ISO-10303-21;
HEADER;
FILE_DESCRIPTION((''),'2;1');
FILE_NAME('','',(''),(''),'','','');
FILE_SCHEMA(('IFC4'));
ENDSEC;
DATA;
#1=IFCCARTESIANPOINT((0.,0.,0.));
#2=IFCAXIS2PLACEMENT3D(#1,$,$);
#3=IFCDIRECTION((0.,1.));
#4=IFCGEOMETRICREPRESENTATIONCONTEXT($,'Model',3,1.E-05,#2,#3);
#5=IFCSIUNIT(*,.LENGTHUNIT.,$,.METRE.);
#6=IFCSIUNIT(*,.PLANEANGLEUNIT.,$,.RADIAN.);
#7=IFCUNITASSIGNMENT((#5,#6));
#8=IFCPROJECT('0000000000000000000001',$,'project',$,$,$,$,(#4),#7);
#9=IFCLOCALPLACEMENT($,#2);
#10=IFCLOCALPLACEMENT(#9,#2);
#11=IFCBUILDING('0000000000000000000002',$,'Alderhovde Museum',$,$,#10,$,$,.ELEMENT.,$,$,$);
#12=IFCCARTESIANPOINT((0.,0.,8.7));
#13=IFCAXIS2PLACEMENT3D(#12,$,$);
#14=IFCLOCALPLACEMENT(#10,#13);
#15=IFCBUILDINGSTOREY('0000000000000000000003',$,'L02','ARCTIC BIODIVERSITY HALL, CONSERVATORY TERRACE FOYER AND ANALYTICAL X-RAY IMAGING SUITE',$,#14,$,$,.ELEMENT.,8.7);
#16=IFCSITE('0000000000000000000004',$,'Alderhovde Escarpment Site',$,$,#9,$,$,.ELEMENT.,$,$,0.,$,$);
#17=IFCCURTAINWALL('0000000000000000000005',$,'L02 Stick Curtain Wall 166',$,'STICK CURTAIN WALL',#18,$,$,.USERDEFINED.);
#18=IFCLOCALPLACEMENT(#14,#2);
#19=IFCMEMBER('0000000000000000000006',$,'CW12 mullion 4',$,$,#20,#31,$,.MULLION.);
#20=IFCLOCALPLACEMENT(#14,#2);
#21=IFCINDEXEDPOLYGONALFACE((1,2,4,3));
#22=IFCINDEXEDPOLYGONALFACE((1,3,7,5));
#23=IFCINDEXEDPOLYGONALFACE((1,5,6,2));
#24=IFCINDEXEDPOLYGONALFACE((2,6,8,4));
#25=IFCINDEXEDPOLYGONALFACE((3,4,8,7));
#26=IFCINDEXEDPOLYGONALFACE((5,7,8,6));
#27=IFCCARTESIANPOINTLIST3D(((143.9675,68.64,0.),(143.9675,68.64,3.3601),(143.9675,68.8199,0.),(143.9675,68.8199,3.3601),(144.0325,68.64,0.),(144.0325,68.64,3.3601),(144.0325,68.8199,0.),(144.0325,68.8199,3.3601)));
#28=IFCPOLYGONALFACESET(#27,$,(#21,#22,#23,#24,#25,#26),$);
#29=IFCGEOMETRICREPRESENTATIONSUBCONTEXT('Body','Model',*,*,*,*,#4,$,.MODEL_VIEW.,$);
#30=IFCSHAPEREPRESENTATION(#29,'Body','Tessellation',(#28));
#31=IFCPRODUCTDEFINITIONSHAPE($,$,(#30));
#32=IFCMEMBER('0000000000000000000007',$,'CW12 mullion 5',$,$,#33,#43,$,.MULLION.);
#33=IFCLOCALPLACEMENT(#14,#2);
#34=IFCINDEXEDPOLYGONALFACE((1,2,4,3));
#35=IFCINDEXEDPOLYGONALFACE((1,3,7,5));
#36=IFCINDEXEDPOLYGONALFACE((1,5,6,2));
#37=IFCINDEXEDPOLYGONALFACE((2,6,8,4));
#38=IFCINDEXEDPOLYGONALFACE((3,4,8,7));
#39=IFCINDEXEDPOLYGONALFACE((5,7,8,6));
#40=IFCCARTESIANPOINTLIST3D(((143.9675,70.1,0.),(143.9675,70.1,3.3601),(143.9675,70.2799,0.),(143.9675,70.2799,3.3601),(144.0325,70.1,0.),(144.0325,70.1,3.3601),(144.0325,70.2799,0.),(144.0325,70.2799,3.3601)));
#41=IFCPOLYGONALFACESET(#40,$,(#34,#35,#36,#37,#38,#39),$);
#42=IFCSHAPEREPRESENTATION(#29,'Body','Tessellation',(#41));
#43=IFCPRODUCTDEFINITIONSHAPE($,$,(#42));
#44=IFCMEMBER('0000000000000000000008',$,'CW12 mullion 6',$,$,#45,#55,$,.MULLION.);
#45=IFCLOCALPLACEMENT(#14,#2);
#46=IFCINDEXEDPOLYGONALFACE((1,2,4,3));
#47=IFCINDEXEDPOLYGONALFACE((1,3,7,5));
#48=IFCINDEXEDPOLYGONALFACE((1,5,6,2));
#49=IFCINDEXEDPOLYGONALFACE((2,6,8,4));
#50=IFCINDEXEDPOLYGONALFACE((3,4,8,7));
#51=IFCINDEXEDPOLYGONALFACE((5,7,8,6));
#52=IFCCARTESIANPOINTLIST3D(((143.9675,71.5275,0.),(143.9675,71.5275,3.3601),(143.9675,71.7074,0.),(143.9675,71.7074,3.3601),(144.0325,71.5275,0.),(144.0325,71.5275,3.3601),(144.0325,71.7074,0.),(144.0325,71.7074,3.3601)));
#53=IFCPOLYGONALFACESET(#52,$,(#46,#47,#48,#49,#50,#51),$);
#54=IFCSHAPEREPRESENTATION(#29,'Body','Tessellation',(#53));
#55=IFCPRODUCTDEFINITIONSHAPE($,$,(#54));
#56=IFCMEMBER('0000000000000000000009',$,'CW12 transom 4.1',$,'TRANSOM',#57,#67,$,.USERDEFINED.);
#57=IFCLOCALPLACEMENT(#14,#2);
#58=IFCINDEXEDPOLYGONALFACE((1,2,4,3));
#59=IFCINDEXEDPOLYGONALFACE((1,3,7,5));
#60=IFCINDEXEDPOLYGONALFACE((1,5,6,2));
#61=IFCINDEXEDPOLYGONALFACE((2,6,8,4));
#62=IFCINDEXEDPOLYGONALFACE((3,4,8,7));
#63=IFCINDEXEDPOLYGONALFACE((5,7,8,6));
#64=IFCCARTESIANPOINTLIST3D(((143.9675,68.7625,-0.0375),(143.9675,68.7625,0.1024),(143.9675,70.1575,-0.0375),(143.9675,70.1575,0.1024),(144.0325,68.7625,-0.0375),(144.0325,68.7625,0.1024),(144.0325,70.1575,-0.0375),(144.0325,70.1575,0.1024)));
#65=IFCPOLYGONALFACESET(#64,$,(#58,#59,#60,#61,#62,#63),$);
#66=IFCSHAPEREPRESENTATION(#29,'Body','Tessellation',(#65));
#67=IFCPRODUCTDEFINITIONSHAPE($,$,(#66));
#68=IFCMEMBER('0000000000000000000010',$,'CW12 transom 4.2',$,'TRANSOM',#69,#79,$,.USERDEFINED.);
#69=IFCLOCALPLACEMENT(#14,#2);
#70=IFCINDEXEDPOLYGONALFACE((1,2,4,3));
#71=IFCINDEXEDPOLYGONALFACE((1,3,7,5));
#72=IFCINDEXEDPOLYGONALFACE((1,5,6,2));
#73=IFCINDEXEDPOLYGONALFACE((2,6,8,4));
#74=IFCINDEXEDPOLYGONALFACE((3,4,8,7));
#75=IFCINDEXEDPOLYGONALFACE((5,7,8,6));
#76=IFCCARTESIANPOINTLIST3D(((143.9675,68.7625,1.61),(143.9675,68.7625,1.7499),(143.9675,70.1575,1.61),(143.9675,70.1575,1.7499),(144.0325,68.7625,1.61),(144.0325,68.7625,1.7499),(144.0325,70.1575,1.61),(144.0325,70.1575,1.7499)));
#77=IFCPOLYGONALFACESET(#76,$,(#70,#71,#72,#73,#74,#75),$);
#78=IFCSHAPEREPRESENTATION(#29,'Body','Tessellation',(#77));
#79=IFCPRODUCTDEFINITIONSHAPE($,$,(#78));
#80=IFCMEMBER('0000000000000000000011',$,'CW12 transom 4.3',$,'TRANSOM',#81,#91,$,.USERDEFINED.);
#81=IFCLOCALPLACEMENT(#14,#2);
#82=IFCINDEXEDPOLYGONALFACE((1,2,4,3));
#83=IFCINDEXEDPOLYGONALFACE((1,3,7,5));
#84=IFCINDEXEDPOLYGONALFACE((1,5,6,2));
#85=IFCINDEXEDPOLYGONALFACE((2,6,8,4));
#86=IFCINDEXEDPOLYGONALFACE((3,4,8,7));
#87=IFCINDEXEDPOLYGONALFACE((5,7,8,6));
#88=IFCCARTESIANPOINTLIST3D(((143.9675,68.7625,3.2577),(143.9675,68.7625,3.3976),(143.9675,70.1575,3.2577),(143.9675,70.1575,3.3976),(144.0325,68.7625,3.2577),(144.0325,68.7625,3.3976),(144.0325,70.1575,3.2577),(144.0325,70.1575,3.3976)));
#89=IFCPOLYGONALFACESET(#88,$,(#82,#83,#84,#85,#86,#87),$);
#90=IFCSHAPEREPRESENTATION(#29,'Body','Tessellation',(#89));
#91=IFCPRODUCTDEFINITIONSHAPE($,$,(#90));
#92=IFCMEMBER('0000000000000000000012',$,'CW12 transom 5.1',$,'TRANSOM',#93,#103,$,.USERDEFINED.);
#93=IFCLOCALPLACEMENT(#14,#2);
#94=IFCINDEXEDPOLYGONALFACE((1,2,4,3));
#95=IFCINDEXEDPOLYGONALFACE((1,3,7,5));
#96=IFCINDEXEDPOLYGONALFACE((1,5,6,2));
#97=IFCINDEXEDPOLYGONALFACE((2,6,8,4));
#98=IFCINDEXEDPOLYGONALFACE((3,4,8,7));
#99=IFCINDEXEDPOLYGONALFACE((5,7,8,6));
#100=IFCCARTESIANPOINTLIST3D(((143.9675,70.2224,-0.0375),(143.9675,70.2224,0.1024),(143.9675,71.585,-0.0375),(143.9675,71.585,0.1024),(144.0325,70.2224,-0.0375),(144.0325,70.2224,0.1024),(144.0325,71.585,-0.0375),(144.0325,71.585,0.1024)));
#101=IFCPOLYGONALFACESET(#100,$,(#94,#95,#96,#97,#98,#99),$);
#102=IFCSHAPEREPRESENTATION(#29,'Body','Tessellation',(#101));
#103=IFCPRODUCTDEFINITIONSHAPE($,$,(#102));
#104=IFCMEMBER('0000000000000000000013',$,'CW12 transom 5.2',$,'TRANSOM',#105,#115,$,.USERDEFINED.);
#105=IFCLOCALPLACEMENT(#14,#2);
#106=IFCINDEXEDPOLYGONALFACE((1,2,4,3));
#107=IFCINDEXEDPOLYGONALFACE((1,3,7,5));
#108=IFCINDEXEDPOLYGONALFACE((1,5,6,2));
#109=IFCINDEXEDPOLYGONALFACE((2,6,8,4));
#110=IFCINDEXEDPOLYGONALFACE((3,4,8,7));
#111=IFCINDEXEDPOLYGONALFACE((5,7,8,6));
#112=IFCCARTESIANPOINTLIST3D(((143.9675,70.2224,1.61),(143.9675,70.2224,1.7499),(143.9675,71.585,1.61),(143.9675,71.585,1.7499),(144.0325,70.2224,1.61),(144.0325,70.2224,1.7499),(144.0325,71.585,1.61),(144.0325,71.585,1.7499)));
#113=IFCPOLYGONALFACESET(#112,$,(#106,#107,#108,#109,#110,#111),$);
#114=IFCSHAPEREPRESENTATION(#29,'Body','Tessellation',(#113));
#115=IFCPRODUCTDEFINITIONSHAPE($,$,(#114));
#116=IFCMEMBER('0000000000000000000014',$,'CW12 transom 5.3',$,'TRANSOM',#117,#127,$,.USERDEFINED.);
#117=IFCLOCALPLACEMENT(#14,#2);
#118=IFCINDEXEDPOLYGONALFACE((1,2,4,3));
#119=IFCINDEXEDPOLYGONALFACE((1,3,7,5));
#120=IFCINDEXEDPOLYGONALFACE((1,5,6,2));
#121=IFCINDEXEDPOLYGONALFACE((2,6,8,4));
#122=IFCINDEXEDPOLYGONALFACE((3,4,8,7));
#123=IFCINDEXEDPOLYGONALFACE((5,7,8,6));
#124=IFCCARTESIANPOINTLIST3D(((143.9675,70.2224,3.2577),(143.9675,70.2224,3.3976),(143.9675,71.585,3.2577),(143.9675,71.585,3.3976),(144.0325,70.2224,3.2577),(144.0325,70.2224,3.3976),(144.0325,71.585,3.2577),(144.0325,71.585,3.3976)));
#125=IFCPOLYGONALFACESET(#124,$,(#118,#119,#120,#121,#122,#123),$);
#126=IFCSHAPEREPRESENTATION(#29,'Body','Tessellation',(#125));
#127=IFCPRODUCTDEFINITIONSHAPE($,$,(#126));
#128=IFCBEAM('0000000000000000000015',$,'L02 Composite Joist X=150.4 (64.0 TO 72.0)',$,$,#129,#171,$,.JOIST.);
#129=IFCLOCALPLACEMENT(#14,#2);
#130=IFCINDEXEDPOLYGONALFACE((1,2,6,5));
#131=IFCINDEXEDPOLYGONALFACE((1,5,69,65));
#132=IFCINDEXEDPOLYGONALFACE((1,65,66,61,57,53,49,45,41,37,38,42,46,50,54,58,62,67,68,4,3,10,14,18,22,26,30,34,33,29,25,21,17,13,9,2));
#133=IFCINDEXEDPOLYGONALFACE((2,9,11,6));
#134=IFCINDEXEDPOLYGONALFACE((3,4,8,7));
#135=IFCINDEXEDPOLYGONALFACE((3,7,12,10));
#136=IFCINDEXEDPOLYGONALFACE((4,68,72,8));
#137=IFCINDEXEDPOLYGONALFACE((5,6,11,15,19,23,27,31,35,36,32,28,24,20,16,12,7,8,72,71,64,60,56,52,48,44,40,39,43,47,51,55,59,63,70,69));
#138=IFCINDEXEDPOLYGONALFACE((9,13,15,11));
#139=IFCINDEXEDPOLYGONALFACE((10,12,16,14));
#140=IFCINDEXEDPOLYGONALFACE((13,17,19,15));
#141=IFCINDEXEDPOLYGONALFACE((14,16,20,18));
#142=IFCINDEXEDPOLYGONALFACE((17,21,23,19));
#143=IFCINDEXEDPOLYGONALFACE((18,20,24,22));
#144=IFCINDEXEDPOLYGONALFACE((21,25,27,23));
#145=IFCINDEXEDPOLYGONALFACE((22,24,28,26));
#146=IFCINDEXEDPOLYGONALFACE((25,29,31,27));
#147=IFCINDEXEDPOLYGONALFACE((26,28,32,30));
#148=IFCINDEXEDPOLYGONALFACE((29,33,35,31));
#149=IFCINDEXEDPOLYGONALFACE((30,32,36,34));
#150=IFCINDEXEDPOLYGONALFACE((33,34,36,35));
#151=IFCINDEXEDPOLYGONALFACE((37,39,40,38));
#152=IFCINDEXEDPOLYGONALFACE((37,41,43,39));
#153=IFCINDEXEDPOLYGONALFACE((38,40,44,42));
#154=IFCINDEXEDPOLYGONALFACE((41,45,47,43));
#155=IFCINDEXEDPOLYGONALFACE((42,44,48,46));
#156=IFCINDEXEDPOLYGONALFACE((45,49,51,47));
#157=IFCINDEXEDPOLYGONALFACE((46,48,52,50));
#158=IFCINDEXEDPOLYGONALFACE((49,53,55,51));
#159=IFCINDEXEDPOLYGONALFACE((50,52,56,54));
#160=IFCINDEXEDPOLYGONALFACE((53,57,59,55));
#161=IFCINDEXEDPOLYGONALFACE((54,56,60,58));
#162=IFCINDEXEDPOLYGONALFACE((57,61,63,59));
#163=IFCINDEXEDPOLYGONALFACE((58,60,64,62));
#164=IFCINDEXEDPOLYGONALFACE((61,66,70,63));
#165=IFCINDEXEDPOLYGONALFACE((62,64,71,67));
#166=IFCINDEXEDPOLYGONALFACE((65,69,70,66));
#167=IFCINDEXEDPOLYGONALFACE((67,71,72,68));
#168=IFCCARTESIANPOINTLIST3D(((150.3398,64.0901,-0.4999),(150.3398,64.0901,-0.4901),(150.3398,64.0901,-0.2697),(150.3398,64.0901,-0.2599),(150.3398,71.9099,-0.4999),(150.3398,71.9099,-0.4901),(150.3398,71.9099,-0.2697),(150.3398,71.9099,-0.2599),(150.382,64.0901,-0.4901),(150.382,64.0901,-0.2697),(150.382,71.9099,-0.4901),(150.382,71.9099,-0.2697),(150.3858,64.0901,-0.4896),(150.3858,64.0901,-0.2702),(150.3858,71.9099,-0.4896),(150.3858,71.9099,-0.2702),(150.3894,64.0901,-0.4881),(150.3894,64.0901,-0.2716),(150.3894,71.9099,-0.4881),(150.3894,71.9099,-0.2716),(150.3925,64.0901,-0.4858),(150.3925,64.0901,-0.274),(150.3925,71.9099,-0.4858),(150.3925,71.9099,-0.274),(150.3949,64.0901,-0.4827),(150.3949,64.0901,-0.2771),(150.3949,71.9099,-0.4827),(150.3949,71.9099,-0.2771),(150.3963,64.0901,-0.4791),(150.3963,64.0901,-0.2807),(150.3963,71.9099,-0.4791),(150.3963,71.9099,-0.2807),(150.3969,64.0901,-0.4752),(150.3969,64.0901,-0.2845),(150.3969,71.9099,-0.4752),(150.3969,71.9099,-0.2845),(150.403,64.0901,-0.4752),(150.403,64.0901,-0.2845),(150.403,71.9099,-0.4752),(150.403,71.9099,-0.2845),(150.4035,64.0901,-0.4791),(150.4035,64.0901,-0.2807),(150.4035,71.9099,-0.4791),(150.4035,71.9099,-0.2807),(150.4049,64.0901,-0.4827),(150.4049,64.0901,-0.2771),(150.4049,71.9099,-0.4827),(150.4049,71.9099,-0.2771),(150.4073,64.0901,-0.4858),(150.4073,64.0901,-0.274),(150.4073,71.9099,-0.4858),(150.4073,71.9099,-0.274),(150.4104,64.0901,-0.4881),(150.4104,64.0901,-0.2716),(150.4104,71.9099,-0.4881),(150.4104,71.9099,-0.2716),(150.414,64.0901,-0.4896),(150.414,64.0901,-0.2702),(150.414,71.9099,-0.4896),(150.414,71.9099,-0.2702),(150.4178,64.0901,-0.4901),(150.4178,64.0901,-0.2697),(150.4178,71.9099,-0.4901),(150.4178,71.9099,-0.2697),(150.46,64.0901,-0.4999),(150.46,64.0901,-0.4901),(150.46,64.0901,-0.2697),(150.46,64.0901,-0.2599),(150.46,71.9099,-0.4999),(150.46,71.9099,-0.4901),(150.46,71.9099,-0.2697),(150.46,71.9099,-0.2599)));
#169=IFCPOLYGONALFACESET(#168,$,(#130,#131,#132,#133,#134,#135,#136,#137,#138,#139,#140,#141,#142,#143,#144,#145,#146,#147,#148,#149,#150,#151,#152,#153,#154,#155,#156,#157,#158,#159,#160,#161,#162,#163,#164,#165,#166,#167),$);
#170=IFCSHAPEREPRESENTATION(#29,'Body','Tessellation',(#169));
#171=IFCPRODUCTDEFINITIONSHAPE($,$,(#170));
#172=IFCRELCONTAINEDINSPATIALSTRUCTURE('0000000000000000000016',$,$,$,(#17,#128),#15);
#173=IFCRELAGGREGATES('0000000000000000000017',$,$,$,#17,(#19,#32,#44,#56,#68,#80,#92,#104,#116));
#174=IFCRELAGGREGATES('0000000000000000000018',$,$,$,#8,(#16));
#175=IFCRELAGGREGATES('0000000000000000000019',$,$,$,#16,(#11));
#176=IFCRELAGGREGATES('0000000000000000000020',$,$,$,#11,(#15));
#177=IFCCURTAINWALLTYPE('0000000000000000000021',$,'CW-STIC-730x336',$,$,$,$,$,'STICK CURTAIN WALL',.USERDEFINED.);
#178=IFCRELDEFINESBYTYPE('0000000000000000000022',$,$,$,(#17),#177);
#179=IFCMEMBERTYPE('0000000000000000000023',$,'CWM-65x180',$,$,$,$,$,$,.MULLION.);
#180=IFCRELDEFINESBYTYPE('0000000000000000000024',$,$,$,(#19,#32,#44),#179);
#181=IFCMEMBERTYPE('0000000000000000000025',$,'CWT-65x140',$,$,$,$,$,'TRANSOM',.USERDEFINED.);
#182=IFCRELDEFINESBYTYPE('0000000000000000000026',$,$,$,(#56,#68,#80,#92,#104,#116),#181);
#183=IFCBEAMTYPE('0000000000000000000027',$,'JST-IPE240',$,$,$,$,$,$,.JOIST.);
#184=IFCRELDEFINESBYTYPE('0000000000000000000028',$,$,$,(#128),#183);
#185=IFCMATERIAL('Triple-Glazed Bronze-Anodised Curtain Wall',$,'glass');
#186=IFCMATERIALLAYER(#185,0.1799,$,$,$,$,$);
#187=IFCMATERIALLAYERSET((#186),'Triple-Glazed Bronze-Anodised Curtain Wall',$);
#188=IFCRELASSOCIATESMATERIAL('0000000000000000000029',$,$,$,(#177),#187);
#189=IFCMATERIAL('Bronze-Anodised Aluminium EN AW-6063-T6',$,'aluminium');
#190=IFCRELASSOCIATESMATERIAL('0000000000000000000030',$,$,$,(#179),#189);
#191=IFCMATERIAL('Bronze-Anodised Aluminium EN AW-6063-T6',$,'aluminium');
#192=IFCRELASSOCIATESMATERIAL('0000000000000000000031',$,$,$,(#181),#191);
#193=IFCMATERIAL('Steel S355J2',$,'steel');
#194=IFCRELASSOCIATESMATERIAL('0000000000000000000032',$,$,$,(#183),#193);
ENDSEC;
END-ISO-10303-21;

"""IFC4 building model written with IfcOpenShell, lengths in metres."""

from ifc_helpers import new_model, si_unit, direction, frame, origin, origin_2d, place, context, subcontext, project, spatial, rectangle, i_section, extrude, material, layer, layer_set, material_profile, profile_set, type_object, element, aggregate, save


model = new_model("IFC4")

# Units and contexts
model_context = context("Model", 3, precision=1e-05, world=origin(), true_north=direction((0.0, 1.0)))
body_context = subcontext(model_context, "Body", "Model", "MODEL_VIEW")
ifc_project = project(units=[si_unit("LENGTHUNIT", "METRE"), si_unit("PLANEANGLEUNIT", "RADIAN")], contexts=[model_context])

# Site, building, storey
site_placement = place(None, origin())
site = spatial("IfcSite", under=ifc_project, at=site_placement, Name="Alderhovde Escarpment Site", CompositionType="ELEMENT", RefElevation=0.0)
building_placement = place(site_placement, origin())
building = spatial("IfcBuilding", under=site, at=building_placement, Name="Alderhovde Museum", CompositionType="ELEMENT")
storey_placement = place(building_placement, frame((0.0, 0.0, 8.7)))
storey = spatial("IfcBuildingStorey", under=building, at=storey_placement, Name="L02", Description="ARCTIC BIODIVERSITY HALL, CONSERVATORY TERRACE FOYER AND ANALYTICAL X-RAY IMAGING SUITE", CompositionType="ELEMENT", Elevation=8.7)

# Curtain wall, members
ifc_material_1 = material(Name="Triple-Glazed Bronze-Anodised Curtain Wall", Category="glass")
ifc_layer_1 = layer(ifc_material_1, 0.1799)
ifc_layer_set_1 = layer_set([ifc_layer_1], Name="Triple-Glazed Bronze-Anodised Curtain Wall")
curtain_wall_type = type_object("IfcCurtainWallType", Name="CW-STIC-730x336", ElementType="STICK CURTAIN WALL", PredefinedType="USERDEFINED", material=ifc_layer_set_1)
curtain_wall_placement = place(storey_placement, origin())
curtain_wall = element("IfcCurtainWall", 1, at=curtain_wall_placement, inside=storey, type_object=curtain_wall_type, Name="L02 Stick Curtain Wall 166", ObjectType="STICK CURTAIN WALL", PredefinedType="USERDEFINED")
ifc_material_2 = material(Name="Bronze-Anodised Aluminium EN AW-6063-T6", Category="aluminium")
ifc_material_profile_1 = material_profile(ifc_material_2, rectangle(XDim=0.0649, YDim=0.1799, at=origin_2d()), Name="MULLION 65x180")
ifc_profile_set_1 = profile_set([ifc_material_profile_1], Name="Bronze-Anodised Aluminium EN AW-6063-T6")
member_type_1 = type_object("IfcMemberType", Name="CWM-65x180", PredefinedType="MULLION", material=ifc_profile_set_1)
member_1_placement = place(storey_placement, frame((144.0, 68.73, 0.0), z_axis=(0.0, 0.0, 1.0), x_axis=(-1.0, 0.0, 0.0)))
member_1 = element("IfcMember", 2, at=member_1_placement, type_object=member_type_1, Name="CW12 mullion 4", PredefinedType="MULLION", context=body_context, shape_type="SweptSolid", body=[
    extrude(rectangle(XDim=0.0649, YDim=0.1799, at=origin_2d()), origin(), (0.0, 0.0, 1.0), 3.3601),
])
member_2_placement = place(storey_placement, frame((144.0, 70.1899, 0.0), z_axis=(0.0, 0.0, 1.0), x_axis=(-1.0, 0.0, 0.0)))
member_2 = element("IfcMember", 3, at=member_2_placement, type_object=member_type_1, Name="CW12 mullion 5", PredefinedType="MULLION", context=body_context, shape_type="SweptSolid", body=[
    extrude(rectangle(XDim=0.0649, YDim=0.1799, at=origin_2d()), origin(), (0.0, 0.0, 1.0), 3.3601),
])
member_3_placement = place(storey_placement, frame((144.0, 71.6174, 0.0), z_axis=(0.0, 0.0, 1.0), x_axis=(-1.0, 0.0, 0.0)))
member_3 = element("IfcMember", 4, at=member_3_placement, type_object=member_type_1, Name="CW12 mullion 6", PredefinedType="MULLION", context=body_context, shape_type="SweptSolid", body=[
    extrude(rectangle(XDim=0.0649, YDim=0.1799, at=origin_2d()), origin(), (0.0, 0.0, 1.0), 3.3601),
])
ifc_material_3 = material(Name="Bronze-Anodised Aluminium EN AW-6063-T6", Category="aluminium")
ifc_material_profile_2 = material_profile(ifc_material_3, rectangle(XDim=0.0649, YDim=0.1399, at=origin_2d()), Name="TRANSOM 65x140")
ifc_profile_set_2 = profile_set([ifc_material_profile_2], Name="Bronze-Anodised Aluminium EN AW-6063-T6")
member_type_2 = type_object("IfcMemberType", Name="CWT-65x140", ElementType="TRANSOM", PredefinedType="USERDEFINED", material=ifc_profile_set_2)
member_4_placement = place(storey_placement, frame((144.0, 68.7625, 0.0325), z_axis=(0.0, 1.0, 0.0), x_axis=(-1.0, 0.0, 0.0)))
member_4 = element("IfcMember", 5, at=member_4_placement, type_object=member_type_2, Name="CW12 transom 4.1", ObjectType="TRANSOM", PredefinedType="USERDEFINED", context=body_context, shape_type="SweptSolid", body=[
    extrude(rectangle(XDim=0.0649, YDim=0.1399, at=origin_2d()), origin(), (0.0, 0.0, 1.0), 1.395),
])
member_5_placement = place(storey_placement, frame((144.0, 68.7625, 1.6799), z_axis=(0.0, 1.0, 0.0), x_axis=(-1.0, 0.0, 0.0)))
member_5 = element("IfcMember", 6, at=member_5_placement, type_object=member_type_2, Name="CW12 transom 4.2", ObjectType="TRANSOM", PredefinedType="USERDEFINED", context=body_context, shape_type="SweptSolid", body=[
    extrude(rectangle(XDim=0.0649, YDim=0.1399, at=origin_2d()), origin(), (0.0, 0.0, 1.0), 1.395),
])
member_6_placement = place(storey_placement, frame((144.0, 68.7625, 3.3276), z_axis=(0.0, 1.0, 0.0), x_axis=(-1.0, 0.0, 0.0)))
member_6 = element("IfcMember", 7, at=member_6_placement, type_object=member_type_2, Name="CW12 transom 4.3", ObjectType="TRANSOM", PredefinedType="USERDEFINED", context=body_context, shape_type="SweptSolid", body=[
    extrude(rectangle(XDim=0.0649, YDim=0.1399, at=origin_2d()), origin(), (0.0, 0.0, 1.0), 1.395),
])
member_7_placement = place(storey_placement, frame((144.0, 70.2224, 0.0325), z_axis=(0.0, 1.0, 0.0), x_axis=(-1.0, 0.0, 0.0)))
member_7 = element("IfcMember", 8, at=member_7_placement, type_object=member_type_2, Name="CW12 transom 5.1", ObjectType="TRANSOM", PredefinedType="USERDEFINED", context=body_context, shape_type="SweptSolid", body=[
    extrude(rectangle(XDim=0.0649, YDim=0.1399, at=origin_2d()), origin(), (0.0, 0.0, 1.0), 1.3625),
])
member_8_placement = place(storey_placement, frame((144.0, 70.2224, 1.6799), z_axis=(0.0, 1.0, 0.0), x_axis=(-1.0, 0.0, 0.0)))
member_8 = element("IfcMember", 9, at=member_8_placement, type_object=member_type_2, Name="CW12 transom 5.2", ObjectType="TRANSOM", PredefinedType="USERDEFINED", context=body_context, shape_type="SweptSolid", body=[
    extrude(rectangle(XDim=0.0649, YDim=0.1399, at=origin_2d()), origin(), (0.0, 0.0, 1.0), 1.3625),
])
member_9_placement = place(storey_placement, frame((144.0, 70.2224, 3.3276), z_axis=(0.0, 1.0, 0.0), x_axis=(-1.0, 0.0, 0.0)))
member_9 = element("IfcMember", 10, at=member_9_placement, type_object=member_type_2, Name="CW12 transom 5.3", ObjectType="TRANSOM", PredefinedType="USERDEFINED", context=body_context, shape_type="SweptSolid", body=[
    extrude(rectangle(XDim=0.0649, YDim=0.1399, at=origin_2d()), origin(), (0.0, 0.0, 1.0), 1.3625),
])

# Beam
ifc_material_4 = material(Name="Steel S355J2", Category="steel")
ifc_material_profile_3 = material_profile(ifc_material_4, i_section(OverallWidth=0.1201, OverallDepth=0.24, WebThickness=0.0061, FlangeThickness=0.0098, FilletRadius=0.0149, at=origin_2d()), Name="IPE 240")
ifc_profile_set_3 = profile_set([ifc_material_profile_3], Name="Steel S355J2")
beam_type_1 = type_object("IfcBeamType", Name="JST-IPE240", PredefinedType="JOIST", material=ifc_profile_set_3)
for number, where, z_axis, x_axis, name in (
    (11, (150.3999, 64.0901, -0.3799), (0.0, 1.0, 0.0), (-1.0, 0.0, 0.0), "L02 Composite Joist X=150.4 (64.0 TO 72.0)"),
):
    element("IfcBeam", number, at=place(storey_placement, frame(where, z_axis=z_axis, x_axis=x_axis)), inside=storey, type_object=beam_type_1, Name=name, PredefinedType="JOIST", context=body_context, shape_type="SweptSolid", body=[
        extrude(i_section(OverallWidth=0.1201, OverallDepth=0.24, WebThickness=0.0061, FlangeThickness=0.0098, FilletRadius=0.0149, at=origin_2d()), origin(), (0.0, 0.0, 1.0), 7.8198),
    ])

aggregate(curtain_wall, [member_1, member_2, member_3, member_4, member_5, member_6, member_7, member_8, member_9])

save(model, "model.ifc")
